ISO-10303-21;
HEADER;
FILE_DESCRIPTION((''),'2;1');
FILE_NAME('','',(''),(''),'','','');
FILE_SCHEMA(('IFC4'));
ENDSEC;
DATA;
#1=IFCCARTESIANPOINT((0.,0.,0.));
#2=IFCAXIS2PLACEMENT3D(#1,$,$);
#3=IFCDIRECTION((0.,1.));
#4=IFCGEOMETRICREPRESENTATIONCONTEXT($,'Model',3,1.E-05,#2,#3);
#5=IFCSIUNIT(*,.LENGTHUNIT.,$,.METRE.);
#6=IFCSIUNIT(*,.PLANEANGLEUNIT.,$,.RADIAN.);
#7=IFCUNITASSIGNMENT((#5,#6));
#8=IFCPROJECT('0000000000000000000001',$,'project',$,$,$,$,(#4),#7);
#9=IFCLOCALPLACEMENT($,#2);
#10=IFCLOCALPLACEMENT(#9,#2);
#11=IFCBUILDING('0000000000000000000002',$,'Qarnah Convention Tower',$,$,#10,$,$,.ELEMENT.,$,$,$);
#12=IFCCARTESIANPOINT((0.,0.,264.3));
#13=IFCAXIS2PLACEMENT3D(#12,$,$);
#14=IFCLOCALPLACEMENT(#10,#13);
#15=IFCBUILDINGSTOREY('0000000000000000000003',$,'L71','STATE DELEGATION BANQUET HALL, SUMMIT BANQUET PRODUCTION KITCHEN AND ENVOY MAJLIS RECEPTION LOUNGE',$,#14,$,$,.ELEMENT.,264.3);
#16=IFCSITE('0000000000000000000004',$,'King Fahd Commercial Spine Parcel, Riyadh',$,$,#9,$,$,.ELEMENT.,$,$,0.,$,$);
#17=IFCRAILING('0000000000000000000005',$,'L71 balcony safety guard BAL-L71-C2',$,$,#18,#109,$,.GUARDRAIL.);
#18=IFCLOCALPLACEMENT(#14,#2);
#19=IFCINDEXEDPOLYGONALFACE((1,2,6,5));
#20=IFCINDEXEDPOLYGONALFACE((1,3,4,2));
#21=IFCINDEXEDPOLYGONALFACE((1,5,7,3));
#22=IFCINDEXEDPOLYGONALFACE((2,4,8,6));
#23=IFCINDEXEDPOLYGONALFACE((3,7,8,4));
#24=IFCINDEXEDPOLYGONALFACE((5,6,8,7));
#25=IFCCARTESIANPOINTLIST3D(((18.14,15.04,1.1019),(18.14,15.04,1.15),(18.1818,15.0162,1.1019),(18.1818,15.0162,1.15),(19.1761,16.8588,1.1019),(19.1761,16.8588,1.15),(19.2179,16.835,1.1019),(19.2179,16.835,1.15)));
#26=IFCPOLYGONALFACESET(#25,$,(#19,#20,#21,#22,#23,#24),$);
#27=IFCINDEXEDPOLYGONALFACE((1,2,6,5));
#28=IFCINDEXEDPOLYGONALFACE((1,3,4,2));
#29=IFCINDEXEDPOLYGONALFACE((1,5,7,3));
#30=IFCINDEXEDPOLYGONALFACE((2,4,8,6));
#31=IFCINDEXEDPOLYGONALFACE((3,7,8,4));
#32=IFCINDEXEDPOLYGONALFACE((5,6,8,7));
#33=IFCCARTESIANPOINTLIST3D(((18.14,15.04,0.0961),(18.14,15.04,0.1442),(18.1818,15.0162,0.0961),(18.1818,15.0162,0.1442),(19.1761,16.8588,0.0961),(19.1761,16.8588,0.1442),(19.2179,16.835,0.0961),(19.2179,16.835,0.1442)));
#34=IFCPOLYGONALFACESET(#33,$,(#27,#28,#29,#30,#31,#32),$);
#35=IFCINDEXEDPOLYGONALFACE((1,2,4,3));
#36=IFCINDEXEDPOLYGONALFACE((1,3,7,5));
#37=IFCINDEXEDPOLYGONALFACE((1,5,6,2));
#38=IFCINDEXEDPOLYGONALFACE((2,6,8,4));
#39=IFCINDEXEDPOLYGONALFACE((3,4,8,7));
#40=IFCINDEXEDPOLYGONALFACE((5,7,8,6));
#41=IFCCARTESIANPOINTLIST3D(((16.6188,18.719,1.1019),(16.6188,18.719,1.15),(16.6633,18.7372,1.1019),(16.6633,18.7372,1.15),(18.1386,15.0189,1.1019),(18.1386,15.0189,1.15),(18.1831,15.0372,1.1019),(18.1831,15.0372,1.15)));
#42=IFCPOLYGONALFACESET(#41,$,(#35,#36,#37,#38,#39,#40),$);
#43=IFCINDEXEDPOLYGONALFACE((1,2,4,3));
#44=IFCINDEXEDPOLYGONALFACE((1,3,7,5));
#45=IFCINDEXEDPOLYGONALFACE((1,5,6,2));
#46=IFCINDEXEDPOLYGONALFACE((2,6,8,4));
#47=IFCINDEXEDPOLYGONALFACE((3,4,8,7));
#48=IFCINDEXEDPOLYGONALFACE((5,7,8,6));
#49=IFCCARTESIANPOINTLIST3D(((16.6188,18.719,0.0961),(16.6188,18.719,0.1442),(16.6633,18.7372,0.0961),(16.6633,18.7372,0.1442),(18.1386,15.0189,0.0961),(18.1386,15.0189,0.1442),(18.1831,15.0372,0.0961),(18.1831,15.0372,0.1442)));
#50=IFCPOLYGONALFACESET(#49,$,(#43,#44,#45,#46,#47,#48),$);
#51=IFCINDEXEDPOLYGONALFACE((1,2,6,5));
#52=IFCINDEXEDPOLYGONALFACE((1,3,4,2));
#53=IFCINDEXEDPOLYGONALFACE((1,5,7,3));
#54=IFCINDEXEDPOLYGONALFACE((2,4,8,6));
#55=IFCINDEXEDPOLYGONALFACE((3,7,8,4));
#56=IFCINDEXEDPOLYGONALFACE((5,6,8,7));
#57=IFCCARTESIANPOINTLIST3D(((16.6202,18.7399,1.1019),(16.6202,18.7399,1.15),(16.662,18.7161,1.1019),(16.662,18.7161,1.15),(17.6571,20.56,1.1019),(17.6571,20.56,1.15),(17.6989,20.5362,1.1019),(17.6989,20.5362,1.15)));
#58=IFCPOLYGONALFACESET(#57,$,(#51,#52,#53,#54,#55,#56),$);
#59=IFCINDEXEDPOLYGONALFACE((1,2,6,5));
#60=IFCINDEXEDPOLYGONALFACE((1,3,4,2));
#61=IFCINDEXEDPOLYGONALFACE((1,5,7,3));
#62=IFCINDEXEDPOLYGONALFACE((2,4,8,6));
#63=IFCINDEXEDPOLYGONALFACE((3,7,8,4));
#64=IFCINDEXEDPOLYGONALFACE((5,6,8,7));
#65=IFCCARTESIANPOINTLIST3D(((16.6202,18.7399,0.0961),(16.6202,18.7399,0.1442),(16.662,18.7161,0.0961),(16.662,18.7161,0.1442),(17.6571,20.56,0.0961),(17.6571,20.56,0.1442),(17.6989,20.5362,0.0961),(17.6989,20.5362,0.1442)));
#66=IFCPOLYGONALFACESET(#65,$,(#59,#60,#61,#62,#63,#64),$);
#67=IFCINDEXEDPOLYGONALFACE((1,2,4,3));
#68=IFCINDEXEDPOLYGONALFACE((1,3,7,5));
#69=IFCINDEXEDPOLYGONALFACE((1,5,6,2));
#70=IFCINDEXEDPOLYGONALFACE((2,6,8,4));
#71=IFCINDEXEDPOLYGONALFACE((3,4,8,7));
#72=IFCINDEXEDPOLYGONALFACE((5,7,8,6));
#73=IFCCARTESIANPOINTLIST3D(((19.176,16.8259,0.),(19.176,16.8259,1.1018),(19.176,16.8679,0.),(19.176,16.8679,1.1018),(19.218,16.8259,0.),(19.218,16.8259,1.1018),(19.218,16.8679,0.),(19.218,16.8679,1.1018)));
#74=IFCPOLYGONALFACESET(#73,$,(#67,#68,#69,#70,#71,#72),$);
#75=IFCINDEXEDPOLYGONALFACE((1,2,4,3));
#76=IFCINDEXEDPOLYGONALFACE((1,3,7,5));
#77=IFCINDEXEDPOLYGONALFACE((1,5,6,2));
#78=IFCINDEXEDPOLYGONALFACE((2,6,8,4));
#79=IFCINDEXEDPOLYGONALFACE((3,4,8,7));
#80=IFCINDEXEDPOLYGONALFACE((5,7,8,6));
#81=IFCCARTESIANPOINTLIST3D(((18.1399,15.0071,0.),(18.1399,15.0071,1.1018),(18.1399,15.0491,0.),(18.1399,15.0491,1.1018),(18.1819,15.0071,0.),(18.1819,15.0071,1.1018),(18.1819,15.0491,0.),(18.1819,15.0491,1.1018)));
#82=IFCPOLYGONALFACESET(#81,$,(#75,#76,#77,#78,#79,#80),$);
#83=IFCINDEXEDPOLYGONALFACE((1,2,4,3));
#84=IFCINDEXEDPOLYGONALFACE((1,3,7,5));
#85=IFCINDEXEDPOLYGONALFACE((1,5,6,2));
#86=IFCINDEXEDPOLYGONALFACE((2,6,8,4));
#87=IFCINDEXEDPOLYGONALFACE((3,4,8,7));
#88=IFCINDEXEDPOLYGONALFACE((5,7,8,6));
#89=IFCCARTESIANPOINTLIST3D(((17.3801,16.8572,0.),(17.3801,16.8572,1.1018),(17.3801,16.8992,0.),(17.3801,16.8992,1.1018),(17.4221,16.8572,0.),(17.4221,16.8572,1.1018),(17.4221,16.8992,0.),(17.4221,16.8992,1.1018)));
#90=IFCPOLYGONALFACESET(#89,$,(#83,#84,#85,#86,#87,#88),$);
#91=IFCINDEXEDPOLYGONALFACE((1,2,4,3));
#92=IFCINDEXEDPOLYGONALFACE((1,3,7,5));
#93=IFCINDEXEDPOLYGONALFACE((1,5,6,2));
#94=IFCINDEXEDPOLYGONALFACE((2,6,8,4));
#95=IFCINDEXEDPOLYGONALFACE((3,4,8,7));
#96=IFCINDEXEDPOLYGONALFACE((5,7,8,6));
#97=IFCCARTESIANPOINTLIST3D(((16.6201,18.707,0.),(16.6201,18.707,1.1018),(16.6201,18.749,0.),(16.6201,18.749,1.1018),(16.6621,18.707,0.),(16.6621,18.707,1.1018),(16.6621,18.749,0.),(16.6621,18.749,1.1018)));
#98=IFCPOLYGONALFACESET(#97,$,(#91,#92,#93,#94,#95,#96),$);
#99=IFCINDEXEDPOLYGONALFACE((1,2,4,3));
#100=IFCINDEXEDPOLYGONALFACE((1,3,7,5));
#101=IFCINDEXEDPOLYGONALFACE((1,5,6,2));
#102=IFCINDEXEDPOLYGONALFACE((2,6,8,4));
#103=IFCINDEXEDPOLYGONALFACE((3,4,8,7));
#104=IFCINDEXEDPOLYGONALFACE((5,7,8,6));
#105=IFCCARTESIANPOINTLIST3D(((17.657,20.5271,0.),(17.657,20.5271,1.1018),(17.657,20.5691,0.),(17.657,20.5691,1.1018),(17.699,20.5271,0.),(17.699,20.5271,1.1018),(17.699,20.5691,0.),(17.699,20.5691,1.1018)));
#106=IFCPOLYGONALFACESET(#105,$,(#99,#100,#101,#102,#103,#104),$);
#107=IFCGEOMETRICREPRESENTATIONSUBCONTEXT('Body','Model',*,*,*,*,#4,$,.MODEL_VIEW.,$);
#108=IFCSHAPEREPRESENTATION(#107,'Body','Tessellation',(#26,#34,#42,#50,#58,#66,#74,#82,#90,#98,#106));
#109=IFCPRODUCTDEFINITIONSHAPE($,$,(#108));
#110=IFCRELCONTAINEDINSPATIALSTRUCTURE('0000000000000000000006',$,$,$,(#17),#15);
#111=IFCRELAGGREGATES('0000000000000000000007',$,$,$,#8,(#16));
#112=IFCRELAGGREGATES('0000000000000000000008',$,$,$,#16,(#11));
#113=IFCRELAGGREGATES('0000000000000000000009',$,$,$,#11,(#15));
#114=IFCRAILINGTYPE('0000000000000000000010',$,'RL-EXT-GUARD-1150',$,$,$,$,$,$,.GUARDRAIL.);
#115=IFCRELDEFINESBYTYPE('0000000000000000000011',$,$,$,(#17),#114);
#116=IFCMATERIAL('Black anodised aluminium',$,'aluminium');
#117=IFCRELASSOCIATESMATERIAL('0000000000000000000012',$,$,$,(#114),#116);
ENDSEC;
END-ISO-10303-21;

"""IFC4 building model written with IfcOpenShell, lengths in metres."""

from ifc_helpers import new_model, si_unit, direction, frame, origin, origin_2d, place, context, subcontext, project, spatial, rectangle, extrude, material, type_object, element, save


model = new_model("IFC4")

# Units and contexts
model_context = context("Model", 3, precision=1e-05, world=origin(), true_north=direction((0.0, 1.0)))
body_context = subcontext(model_context, "Body", "Model", "MODEL_VIEW")
ifc_project = project(units=[si_unit("LENGTHUNIT", "METRE"), si_unit("PLANEANGLEUNIT", "RADIAN")], contexts=[model_context])

# Site, building, storey
site_placement = place(None, origin())
site = spatial("IfcSite", under=ifc_project, at=site_placement, Name="King Fahd Commercial Spine Parcel, Riyadh", CompositionType="ELEMENT", RefElevation=0.0)
building_placement = place(site_placement, origin())
building = spatial("IfcBuilding", under=site, at=building_placement, Name="Qarnah Convention Tower", CompositionType="ELEMENT")
storey_placement = place(building_placement, frame((0.0, 0.0, 264.3)))
storey = spatial("IfcBuildingStorey", under=building, at=storey_placement, Name="L71", Description="STATE DELEGATION BANQUET HALL, SUMMIT BANQUET PRODUCTION KITCHEN AND ENVOY MAJLIS RECEPTION LOUNGE", CompositionType="ELEMENT", Elevation=264.3)

# Shared definitions
ifc_material_1 = material(Name="Black anodised aluminium", Category="aluminium")

# Railing
railing_type = type_object("IfcRailingType", Name="RL-EXT-GUARD-1150", PredefinedType="GUARDRAIL", material=ifc_material_1)
railing_1_placement = place(storey_placement, frame((19.197, 16.8469, 0.0)))
element("IfcRailing", 1, at=railing_1_placement, inside=storey, type_object=railing_type, Name="L71 balcony safety guard BAL-L71-C2", PredefinedType="GUARDRAIL", context=body_context, shape_type="SweptSolid", body=[
    extrude(rectangle(XDim=0.0481, YDim=0.0481, at=origin_2d()), frame((0.0, 0.0, 1.126), z_axis=(-0.494983, -0.868903, 0.0), x_axis=(0.868903, -0.494983, 0.0)), (0.0, 0.0, 1.0), 2.0933),
    extrude(rectangle(XDim=0.0481, YDim=0.0481, at=origin_2d()), frame((0.0, 0.0, 0.1201), z_axis=(-0.494983, -0.868903, 0.0), x_axis=(0.868903, -0.494983, 0.0)), (0.0, 0.0, 1.0), 2.0933),
    extrude(rectangle(XDim=0.0481, YDim=0.0481, at=origin_2d()), frame((-1.0361, -1.8188, 1.126), z_axis=(-0.379951, 0.925006, 0.0), x_axis=(-0.925006, -0.379951, 0.0)), (0.0, 0.0, 1.0), 4.0),
    extrude(rectangle(XDim=0.0481, YDim=0.0481, at=origin_2d()), frame((-1.0361, -1.8188, 0.1201), z_axis=(-0.379951, 0.925006, 0.0), x_axis=(-0.925006, -0.379951, 0.0)), (0.0, 0.0, 1.0), 4.0),
    extrude(rectangle(XDim=0.0481, YDim=0.0481, at=origin_2d()), frame((-2.5559, 1.8811, 1.126), z_axis=(0.494996, 0.868895, 0.0), x_axis=(-0.868895, 0.494996, 0.0)), (0.0, 0.0, 1.0), 2.0947),
    extrude(rectangle(XDim=0.0481, YDim=0.0481, at=origin_2d()), frame((-2.5559, 1.8811, 0.1201), z_axis=(0.494996, 0.868895, 0.0), x_axis=(-0.868895, 0.494996, 0.0)), (0.0, 0.0, 1.0), 2.0947),
    extrude(rectangle(XDim=0.042, YDim=0.042, at=origin_2d()), origin(), (0.0, 0.0, 1.0), 1.1018),
    extrude(rectangle(XDim=0.042, YDim=0.042, at=origin_2d()), frame((-1.0361, -1.8188, 0.0)), (0.0, 0.0, 1.0), 1.1018),
    extrude(rectangle(XDim=0.042, YDim=0.042, at=origin_2d()), frame((-1.7959, 0.0312, 0.0)), (0.0, 0.0, 1.0), 1.1018),
    extrude(rectangle(XDim=0.042, YDim=0.042, at=origin_2d()), frame((-2.5559, 1.8811, 0.0)), (0.0, 0.0, 1.0), 1.1018),
    extrude(rectangle(XDim=0.042, YDim=0.042, at=origin_2d()), frame((-1.519, 3.7012, 0.0)), (0.0, 0.0, 1.0), 1.1018),
])

save(model, "model.ifc")
